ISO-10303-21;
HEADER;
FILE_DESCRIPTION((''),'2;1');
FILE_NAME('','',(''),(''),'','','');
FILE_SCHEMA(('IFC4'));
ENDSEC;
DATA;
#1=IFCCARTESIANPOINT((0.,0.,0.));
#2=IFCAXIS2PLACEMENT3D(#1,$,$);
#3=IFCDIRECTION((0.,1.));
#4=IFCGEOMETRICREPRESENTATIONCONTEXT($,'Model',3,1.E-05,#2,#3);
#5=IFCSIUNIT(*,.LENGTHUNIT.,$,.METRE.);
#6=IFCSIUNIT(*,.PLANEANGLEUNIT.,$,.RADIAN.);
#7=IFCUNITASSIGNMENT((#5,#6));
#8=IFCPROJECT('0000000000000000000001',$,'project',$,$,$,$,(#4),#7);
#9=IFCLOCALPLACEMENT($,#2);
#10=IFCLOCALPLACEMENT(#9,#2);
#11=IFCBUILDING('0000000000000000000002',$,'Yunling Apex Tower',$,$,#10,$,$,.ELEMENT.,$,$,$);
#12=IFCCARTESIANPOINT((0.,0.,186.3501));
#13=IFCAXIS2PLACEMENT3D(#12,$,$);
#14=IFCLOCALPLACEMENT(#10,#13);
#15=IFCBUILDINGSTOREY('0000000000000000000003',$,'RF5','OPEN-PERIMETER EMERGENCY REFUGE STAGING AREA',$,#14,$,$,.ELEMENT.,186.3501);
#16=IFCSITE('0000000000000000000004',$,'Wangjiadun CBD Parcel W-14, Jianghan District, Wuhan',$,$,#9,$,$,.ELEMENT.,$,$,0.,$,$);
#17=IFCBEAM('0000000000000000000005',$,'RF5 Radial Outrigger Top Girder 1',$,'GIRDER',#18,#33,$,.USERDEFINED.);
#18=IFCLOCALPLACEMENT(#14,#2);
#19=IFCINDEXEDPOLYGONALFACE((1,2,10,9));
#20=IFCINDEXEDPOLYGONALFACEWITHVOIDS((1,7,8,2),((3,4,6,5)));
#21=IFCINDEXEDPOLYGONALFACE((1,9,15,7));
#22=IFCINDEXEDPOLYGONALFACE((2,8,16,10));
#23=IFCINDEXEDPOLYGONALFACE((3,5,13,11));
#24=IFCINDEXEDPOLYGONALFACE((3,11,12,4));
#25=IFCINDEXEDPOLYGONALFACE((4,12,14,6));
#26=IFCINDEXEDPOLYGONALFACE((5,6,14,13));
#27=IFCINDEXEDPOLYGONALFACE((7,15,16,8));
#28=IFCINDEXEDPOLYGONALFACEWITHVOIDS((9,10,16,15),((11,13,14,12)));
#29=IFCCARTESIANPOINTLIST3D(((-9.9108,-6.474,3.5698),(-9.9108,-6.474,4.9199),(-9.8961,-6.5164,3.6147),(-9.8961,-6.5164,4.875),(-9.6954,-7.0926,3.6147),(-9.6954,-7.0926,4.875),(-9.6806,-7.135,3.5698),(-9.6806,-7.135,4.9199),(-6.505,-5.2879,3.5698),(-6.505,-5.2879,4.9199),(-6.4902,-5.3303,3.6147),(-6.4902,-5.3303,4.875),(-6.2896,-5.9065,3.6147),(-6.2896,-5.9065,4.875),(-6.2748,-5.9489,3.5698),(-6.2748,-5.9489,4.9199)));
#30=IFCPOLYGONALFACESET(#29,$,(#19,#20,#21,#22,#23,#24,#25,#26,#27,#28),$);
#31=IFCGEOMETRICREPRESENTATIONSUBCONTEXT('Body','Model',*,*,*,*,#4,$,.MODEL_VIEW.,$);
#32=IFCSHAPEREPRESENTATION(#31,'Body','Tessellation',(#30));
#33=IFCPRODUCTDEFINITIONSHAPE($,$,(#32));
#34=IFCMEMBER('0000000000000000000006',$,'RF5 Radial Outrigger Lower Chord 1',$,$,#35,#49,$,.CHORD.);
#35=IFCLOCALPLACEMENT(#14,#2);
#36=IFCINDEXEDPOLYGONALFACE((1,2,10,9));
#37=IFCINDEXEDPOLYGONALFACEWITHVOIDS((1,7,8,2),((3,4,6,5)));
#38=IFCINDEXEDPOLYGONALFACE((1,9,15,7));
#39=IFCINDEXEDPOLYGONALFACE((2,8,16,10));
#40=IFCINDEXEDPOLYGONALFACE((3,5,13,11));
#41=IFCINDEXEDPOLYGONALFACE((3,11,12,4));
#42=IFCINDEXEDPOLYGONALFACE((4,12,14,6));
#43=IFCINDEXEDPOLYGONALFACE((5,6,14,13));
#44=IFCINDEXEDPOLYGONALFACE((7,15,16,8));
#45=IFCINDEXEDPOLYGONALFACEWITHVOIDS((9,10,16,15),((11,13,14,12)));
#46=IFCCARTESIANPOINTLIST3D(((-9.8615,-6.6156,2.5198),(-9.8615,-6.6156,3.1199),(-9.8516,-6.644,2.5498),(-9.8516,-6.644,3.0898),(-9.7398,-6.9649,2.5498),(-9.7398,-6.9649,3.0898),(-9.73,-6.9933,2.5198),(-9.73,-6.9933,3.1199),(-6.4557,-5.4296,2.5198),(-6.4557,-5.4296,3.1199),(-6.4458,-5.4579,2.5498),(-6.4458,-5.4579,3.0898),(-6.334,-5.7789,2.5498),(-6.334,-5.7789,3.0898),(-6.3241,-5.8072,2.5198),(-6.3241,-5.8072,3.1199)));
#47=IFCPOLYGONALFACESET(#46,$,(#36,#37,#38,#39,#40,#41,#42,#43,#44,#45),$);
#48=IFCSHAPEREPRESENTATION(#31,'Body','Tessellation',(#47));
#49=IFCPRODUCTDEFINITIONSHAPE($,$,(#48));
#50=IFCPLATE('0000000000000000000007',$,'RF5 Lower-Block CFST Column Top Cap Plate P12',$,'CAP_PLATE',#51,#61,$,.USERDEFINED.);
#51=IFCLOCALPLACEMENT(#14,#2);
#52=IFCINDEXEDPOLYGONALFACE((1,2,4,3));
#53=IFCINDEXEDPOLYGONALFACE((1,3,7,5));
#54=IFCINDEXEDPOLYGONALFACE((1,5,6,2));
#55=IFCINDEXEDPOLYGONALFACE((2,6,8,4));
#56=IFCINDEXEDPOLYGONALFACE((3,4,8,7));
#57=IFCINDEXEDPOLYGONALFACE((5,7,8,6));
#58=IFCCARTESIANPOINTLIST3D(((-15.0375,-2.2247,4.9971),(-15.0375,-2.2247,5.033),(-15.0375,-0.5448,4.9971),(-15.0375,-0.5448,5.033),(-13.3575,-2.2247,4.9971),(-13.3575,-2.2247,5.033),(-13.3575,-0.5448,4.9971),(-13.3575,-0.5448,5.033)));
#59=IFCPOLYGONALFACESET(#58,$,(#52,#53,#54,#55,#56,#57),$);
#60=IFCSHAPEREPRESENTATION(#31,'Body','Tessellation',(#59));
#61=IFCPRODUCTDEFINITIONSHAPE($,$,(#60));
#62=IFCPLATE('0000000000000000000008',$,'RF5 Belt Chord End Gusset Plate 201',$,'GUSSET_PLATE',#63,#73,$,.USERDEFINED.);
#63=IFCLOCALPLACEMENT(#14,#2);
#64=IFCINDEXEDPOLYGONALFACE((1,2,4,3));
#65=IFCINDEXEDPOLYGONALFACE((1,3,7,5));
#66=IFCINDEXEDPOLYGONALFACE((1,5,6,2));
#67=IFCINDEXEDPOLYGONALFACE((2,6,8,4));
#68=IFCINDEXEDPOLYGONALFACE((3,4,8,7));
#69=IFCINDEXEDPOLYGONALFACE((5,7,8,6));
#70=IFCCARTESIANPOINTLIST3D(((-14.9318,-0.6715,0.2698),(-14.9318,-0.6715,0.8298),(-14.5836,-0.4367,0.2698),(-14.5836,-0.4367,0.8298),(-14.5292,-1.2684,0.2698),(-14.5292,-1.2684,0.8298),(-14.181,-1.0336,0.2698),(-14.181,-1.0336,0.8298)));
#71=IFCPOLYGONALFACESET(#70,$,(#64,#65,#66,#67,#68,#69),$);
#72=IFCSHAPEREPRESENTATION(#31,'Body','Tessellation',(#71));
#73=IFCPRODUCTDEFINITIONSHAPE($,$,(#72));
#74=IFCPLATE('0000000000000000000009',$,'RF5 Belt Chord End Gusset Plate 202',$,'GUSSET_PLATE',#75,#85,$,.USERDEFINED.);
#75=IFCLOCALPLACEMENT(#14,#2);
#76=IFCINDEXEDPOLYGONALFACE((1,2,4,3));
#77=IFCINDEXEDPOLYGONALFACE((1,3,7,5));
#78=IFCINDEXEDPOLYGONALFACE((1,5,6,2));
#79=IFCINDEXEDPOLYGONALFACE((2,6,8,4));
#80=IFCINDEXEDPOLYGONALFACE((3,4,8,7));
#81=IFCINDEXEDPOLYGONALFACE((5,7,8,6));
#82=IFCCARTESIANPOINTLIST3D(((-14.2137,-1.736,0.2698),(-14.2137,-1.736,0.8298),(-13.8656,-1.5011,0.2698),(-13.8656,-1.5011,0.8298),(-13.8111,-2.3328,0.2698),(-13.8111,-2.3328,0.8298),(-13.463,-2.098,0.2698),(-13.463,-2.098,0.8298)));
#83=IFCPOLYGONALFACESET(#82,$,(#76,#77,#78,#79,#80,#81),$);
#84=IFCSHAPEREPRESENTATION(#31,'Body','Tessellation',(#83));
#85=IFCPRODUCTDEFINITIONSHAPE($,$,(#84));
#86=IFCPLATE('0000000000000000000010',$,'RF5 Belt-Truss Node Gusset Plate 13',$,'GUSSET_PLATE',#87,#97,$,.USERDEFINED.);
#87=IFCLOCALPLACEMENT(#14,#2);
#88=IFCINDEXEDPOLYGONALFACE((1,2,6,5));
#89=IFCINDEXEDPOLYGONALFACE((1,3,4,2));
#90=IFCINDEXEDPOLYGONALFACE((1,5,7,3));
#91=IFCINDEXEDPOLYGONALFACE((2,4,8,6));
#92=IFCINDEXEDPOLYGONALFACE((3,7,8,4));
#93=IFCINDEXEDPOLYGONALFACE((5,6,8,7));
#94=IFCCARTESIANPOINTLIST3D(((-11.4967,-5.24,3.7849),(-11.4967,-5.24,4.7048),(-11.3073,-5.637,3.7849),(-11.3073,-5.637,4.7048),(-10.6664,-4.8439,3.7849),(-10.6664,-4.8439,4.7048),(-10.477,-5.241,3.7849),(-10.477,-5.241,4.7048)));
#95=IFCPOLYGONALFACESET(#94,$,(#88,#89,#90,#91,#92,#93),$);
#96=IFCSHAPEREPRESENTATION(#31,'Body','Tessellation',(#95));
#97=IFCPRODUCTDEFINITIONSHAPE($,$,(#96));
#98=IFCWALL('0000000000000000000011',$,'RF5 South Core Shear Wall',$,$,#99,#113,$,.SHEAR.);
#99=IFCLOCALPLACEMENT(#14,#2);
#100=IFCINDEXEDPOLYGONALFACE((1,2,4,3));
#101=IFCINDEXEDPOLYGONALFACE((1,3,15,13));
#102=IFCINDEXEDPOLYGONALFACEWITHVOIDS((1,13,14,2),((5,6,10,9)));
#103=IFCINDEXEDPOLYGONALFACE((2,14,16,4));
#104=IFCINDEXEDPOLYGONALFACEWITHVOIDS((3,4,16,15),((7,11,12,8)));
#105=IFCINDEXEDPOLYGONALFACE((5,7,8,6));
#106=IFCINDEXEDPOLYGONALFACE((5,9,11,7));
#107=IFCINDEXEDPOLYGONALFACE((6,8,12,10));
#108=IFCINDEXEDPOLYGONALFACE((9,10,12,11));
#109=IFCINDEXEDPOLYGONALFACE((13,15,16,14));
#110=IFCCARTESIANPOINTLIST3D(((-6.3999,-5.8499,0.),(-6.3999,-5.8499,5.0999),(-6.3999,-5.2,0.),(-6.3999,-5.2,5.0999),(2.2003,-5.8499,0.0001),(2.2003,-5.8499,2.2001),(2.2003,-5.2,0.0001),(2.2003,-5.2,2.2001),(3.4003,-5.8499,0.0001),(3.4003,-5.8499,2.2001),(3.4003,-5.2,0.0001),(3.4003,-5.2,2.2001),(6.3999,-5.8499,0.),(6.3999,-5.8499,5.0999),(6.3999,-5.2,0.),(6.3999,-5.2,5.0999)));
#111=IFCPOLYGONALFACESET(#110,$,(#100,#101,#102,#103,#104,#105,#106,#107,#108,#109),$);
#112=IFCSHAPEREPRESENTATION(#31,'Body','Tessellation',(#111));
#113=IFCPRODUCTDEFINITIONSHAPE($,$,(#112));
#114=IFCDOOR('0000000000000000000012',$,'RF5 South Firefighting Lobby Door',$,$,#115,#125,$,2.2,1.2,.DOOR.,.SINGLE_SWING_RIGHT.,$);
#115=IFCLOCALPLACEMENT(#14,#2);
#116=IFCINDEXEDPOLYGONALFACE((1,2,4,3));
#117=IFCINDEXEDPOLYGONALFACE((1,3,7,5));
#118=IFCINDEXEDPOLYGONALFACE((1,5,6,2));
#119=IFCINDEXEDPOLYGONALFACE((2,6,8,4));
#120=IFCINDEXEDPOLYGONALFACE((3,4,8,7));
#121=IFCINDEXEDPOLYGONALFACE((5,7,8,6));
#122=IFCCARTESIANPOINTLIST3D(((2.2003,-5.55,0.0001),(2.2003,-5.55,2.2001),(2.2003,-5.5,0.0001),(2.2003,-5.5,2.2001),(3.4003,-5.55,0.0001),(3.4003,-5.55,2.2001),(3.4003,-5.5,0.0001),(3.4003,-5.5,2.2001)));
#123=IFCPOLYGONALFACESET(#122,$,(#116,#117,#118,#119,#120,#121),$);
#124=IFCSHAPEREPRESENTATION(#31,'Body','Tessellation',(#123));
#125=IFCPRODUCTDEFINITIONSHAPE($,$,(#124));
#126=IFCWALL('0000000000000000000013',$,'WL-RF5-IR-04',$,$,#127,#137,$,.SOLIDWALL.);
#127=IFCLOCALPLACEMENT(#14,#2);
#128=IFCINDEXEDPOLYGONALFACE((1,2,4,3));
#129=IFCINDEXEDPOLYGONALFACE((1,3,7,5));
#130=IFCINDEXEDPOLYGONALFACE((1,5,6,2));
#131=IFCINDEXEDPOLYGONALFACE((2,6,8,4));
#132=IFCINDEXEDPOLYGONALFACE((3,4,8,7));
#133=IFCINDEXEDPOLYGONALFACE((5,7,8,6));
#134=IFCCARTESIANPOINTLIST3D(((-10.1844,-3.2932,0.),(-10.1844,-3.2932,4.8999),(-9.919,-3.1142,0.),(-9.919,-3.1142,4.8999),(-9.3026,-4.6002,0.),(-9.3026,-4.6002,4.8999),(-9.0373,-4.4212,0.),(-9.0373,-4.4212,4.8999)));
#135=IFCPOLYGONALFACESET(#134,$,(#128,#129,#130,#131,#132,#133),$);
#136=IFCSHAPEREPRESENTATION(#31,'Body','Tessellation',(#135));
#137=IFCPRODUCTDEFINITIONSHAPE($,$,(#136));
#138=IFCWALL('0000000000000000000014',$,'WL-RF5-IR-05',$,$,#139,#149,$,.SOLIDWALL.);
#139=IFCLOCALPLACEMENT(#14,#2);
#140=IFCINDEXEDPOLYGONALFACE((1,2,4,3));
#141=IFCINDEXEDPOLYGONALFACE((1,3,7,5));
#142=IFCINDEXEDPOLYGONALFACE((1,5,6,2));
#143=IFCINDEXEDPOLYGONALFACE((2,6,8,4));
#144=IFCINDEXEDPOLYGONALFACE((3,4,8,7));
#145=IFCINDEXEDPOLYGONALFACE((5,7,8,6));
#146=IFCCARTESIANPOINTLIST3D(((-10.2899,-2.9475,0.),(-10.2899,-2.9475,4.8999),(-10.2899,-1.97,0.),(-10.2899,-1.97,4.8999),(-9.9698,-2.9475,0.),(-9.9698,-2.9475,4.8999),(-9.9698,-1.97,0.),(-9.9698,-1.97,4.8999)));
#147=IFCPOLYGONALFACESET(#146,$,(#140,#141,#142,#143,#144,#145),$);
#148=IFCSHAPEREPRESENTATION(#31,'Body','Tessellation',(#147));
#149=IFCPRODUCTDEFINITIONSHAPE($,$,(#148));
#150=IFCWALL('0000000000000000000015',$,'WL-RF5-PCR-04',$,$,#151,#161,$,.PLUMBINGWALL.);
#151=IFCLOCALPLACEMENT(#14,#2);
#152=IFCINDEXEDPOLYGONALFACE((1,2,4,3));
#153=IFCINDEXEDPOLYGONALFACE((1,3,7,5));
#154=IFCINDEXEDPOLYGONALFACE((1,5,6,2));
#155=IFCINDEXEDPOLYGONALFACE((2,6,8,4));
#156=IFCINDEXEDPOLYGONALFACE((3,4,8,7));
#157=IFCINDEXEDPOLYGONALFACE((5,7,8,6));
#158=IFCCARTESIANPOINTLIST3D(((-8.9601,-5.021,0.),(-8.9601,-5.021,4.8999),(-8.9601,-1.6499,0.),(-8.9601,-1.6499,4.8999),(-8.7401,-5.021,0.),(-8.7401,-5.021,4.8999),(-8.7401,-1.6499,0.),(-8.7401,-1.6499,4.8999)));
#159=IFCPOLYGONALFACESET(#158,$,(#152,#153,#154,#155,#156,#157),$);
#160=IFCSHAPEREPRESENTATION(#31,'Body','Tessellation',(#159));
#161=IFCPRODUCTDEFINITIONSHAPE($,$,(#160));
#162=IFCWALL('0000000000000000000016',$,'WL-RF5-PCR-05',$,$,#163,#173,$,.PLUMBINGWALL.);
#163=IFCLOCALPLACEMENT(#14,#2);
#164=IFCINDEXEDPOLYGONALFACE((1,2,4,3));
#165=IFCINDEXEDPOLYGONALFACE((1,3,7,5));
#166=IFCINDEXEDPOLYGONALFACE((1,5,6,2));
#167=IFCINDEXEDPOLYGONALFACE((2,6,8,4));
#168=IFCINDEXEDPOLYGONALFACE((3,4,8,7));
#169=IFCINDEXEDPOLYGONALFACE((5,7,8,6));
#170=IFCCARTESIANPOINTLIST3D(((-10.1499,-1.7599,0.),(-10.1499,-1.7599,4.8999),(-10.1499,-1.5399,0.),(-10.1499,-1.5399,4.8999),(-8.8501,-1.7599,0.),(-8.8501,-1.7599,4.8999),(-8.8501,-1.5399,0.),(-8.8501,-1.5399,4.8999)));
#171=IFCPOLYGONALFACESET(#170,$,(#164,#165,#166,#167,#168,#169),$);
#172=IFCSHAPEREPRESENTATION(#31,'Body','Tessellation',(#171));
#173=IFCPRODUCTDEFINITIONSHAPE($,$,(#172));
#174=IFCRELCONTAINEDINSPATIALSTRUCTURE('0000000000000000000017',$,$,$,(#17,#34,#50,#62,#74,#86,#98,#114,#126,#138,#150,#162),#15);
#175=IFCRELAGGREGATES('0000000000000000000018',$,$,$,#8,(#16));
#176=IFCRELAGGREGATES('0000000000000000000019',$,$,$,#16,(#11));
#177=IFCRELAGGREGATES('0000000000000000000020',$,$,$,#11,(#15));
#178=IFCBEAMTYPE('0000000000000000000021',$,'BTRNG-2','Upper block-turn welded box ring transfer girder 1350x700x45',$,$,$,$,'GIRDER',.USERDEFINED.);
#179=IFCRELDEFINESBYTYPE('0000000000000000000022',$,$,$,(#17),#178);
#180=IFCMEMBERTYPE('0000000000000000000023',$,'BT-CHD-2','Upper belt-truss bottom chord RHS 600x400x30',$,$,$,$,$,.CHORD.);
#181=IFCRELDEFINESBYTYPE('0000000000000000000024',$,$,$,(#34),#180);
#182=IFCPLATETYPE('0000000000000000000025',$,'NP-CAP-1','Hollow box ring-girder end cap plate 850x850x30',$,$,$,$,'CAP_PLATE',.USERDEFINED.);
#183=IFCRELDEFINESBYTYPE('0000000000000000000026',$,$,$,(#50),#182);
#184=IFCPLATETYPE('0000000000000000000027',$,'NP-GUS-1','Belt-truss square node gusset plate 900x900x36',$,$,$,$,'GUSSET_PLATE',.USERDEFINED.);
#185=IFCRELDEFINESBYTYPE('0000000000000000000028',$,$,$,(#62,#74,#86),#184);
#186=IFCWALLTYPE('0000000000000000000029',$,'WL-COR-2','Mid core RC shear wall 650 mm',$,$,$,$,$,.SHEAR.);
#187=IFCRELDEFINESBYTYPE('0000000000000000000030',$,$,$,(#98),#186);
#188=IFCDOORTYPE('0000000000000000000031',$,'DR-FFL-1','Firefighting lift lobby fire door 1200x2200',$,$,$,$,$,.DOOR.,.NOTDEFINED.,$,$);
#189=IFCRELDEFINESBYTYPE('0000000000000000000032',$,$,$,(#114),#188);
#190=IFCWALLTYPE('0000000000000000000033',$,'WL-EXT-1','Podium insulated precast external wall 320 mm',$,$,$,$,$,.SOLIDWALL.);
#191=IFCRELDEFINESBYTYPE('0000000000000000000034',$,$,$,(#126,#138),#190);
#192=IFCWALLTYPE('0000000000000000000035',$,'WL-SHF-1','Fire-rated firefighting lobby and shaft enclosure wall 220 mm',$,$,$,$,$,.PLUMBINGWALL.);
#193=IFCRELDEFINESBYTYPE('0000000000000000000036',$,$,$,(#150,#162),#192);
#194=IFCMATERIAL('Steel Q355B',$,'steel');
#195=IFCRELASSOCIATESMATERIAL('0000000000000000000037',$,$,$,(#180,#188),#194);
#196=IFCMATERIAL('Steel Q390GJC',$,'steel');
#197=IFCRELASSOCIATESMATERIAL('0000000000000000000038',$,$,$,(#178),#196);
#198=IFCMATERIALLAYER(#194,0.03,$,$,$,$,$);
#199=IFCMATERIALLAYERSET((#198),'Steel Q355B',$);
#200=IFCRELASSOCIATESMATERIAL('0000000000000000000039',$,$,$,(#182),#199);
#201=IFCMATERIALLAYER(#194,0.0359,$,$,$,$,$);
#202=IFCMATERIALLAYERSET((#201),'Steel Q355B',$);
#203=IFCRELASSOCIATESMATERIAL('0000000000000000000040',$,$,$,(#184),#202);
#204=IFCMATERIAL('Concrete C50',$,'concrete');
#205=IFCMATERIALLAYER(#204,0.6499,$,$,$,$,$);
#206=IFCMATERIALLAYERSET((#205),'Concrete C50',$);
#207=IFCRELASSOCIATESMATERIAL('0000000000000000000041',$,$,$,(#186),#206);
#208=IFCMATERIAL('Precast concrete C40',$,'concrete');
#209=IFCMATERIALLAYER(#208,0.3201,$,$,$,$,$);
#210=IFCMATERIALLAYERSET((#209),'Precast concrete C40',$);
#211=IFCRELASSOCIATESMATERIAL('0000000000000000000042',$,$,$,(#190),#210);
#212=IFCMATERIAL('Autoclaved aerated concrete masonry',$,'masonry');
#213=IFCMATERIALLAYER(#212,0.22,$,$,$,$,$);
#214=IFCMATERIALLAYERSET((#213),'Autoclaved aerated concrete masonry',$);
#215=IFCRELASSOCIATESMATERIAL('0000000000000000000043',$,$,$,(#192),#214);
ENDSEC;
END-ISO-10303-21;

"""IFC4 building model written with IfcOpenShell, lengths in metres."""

from ifc_helpers import new_model, si_unit, direction, frame, frame_2d, origin, origin_2d, place, context, subcontext, project, spatial, rectangle, hollow_rectangle, extrude, source, transform, mapped, material, layer, layer_set, material_profile, profile_set, type_object, element, fill, save


model = new_model("IFC4")

# Units and contexts
model_context = context("Model", 3, precision=1e-05, world=origin(), true_north=direction((0.0, 1.0)))
body_context = subcontext(model_context, "Body", "Model", "MODEL_VIEW")
ifc_project = project(units=[si_unit("LENGTHUNIT", "METRE"), si_unit("PLANEANGLEUNIT", "RADIAN")], contexts=[model_context])

# Site, building, storey
site_placement = place(None, origin())
site = spatial("IfcSite", under=ifc_project, at=site_placement, Name="Wangjiadun CBD Parcel W-14, Jianghan District, Wuhan", CompositionType="ELEMENT", RefElevation=0.0)
building_placement = place(site_placement, origin())
building = spatial("IfcBuilding", under=site, at=building_placement, Name="Yunling Apex Tower", CompositionType="ELEMENT")
storey_placement = place(building_placement, frame((0.0, 0.0, 186.3501)))
storey = spatial("IfcBuildingStorey", under=building, at=storey_placement, Name="RF5", Description="OPEN-PERIMETER EMERGENCY REFUGE STAGING AREA", CompositionType="ELEMENT", Elevation=186.3501)

# Shared definitions
ifc_material_1 = material(Name="Steel Q390GJC", Category="steel")

# Shared definitions
ifc_material_2 = material(Name="Steel Q355B", Category="steel")
ifc_material_profile_1 = material_profile(ifc_material_2, hollow_rectangle(XDim=0.3999, YDim=0.6001, WallThickness=0.03, at=origin_2d()))
ifc_profile_set_1 = profile_set([ifc_material_profile_1], Name="Steel Q355B")
member_type_1 = type_object("IfcMemberType", Name="BT-CHD-2", Description="Upper belt-truss bottom chord RHS 600x400x30", PredefinedType="CHORD", material=ifc_profile_set_1)

# Shared definitions
ifc_material_profile_2 = material_profile(ifc_material_1, hollow_rectangle(XDim=0.7, YDim=1.3501, WallThickness=0.0449, at=origin_2d()))
ifc_profile_set_2 = profile_set([ifc_material_profile_2], Name="Steel Q390GJC")
beam_type = type_object("IfcBeamType", Name="BTRNG-2", Description="Upper block-turn welded box ring transfer girder 1350x700x45", ElementType="GIRDER", PredefinedType="USERDEFINED", material=ifc_profile_set_2)

# Beam
shared_shape_1 = source(origin(), body_context, "Body", "SweptSolid", [
    extrude(hollow_rectangle(XDim=0.7, YDim=1.3501, WallThickness=0.0449, at=origin_2d()), origin(), (0.0, 0.0, 1.0), 3.6064),
])
beam_1_placement = place(storey_placement, frame((-6.3899, -5.6184, 4.2449), z_axis=(-0.944374, -0.328872, 0.0), x_axis=(0.328872, -0.944374, 0.0)))
element("IfcBeam", 1, at=beam_1_placement, inside=storey, type_object=beam_type, Name="RF5 Radial Outrigger Top Girder 1", ObjectType="GIRDER", PredefinedType="USERDEFINED", context=body_context, shape_type="MappedRepresentation", body=[
    mapped(shared_shape_1, transform((0.0, 0.0, 0.0), scale=1.0)),
])

# Member
shared_shape_2 = source(origin(), body_context, "Body", "SweptSolid", [
    extrude(hollow_rectangle(XDim=0.3999, YDim=0.6001, WallThickness=0.03, at=origin_2d()), origin(), (0.0, 0.0, 1.0), 3.6064),
])
member_1_placement = place(storey_placement, frame((-6.3899, -5.6184, 2.8198), z_axis=(-0.944374, -0.328872, 0.0), x_axis=(0.328872, -0.944374, 0.0)))
element("IfcMember", 2, at=member_1_placement, inside=storey, type_object=member_type_1, Name="RF5 Radial Outrigger Lower Chord 1", PredefinedType="CHORD", context=body_context, shape_type="MappedRepresentation", body=[
    mapped(shared_shape_2, transform((0.0, 0.0, 0.0), scale=1.0)),
])

# Plates
ifc_layer_1 = layer(ifc_material_2, 0.03)
ifc_layer_set_1 = layer_set([ifc_layer_1], Name="Steel Q355B")
plate_type_1 = type_object("IfcPlateType", Name="NP-CAP-1", Description="Hollow box ring-girder end cap plate 850x850x30", ElementType="CAP_PLATE", PredefinedType="USERDEFINED", material=ifc_layer_set_1)
shared_shape_3 = source(origin(), body_context, "Body", "SweptSolid", [
    extrude(rectangle(XDim=1.6799, YDim=1.6799, at=origin_2d()), origin(), (0.0, 0.0, 1.0), 0.0359),
])
plate_1_placement = place(storey_placement, frame((-14.1975, -1.3848, 4.9971), z_axis=(0.0, 0.0, 1.0), x_axis=(1.0, 0.0, 0.0)))
element("IfcPlate", 3, at=plate_1_placement, inside=storey, type_object=plate_type_1, Name="RF5 Lower-Block CFST Column Top Cap Plate P12", ObjectType="CAP_PLATE", PredefinedType="USERDEFINED", context=body_context, shape_type="MappedRepresentation", body=[
    mapped(shared_shape_3, transform((0.0, 0.0, 0.0), scale=1.0)),
])
ifc_layer_2 = layer(ifc_material_2, 0.0359)
ifc_layer_set_2 = layer_set([ifc_layer_2], Name="Steel Q355B")
plate_type_2 = type_object("IfcPlateType", Name="NP-GUS-1", Description="Belt-truss square node gusset plate 900x900x36", ElementType="GUSSET_PLATE", PredefinedType="USERDEFINED", material=ifc_layer_set_2)
shared_shape_4 = source(origin(), body_context, "Body", "SweptSolid", [
    extrude(rectangle(XDim=0.72, YDim=0.4199, at=origin_2d()), origin(), (0.0, 0.0, 1.0), 0.5601),
])
for number, where, z_axis, x_axis, name in (
    (4, (-14.5564, -0.8525, 0.2698), (0.0, 0.0, 1.0), (0.559193, -0.829038, 0.0), "RF5 Belt Chord End Gusset Plate 201"),
    (5, (-13.8384, -1.917, 0.2698), (0.0, 0.0, 1.0), (0.559193, -0.829038, 0.0), "RF5 Belt Chord End Gusset Plate 202"),
):
    element("IfcPlate", number, at=place(storey_placement, frame(where, z_axis=z_axis, x_axis=x_axis)), inside=storey, type_object=plate_type_2, Name=name, ObjectType="GUSSET_PLATE", PredefinedType="USERDEFINED", context=body_context, shape_type="MappedRepresentation", body=[
        mapped(shared_shape_4, transform((0.0, 0.0, 0.0), scale=1.0)),
    ])
shared_shape_5 = source(origin(), body_context, "Body", "SweptSolid", [
    extrude(rectangle(XDim=0.9199, YDim=0.4399, at=origin_2d()), origin(), (0.0, 0.0, 1.0), 0.9199),
])
plate_2_placement = place(storey_placement, frame((-10.9868, -5.2405, 3.7849), z_axis=(0.0, 0.0, 1.0), x_axis=(-0.902585, -0.430511, 0.0)))
element("IfcPlate", 6, at=plate_2_placement, inside=storey, type_object=plate_type_2, Name="RF5 Belt-Truss Node Gusset Plate 13", ObjectType="GUSSET_PLATE", PredefinedType="USERDEFINED", context=body_context, shape_type="MappedRepresentation", body=[
    mapped(shared_shape_5, transform((0.0, 0.0, 0.0), scale=1.0)),
])

# Wall, opening, door
ifc_material_3 = material(Name="Concrete C50", Category="concrete")
ifc_layer_3 = layer(ifc_material_3, 0.6499)
ifc_layer_set_3 = layer_set([ifc_layer_3], Name="Concrete C50")
wall_type_1 = type_object("IfcWallType", Name="WL-COR-2", Description="Mid core RC shear wall 650 mm", PredefinedType="SHEAR", material=ifc_layer_set_3)
wall_1_placement = place(storey_placement, frame((-6.3999, -5.5249, 0.0), z_axis=(0.0, 0.0, 1.0), x_axis=(1.0, 0.0, 0.0)))
wall_1 = element("IfcWall", 7, at=wall_1_placement, inside=storey, type_object=wall_type_1, Name="RF5 South Core Shear Wall", PredefinedType="SHEAR", context=body_context, shape_type="SweptSolid", body=[
    extrude(rectangle(XDim=12.7998, YDim=0.6499, at=frame_2d((6.3999, 0.0))), origin(), (0.0, 0.0, 1.0), 5.0999),
])
opening_1_placement = place(wall_1_placement, frame((8.6001, 0.0, 0.0)))
opening_1 = element("IfcOpeningElement", 8, at=opening_1_placement, cuts=wall_1, PredefinedType="OPENING", context=body_context, shape_type="SweptSolid", body=[
    extrude(rectangle(XDim=1.2, YDim=2.2, at=frame_2d((0.6001, 1.1001))), frame((0.0, 0.335, 0.0), z_axis=(0.0, -1.0, 0.0), x_axis=(1.0, 0.0, 0.0)), (0.0, 0.0, 1.0), 0.6699),
])
door_type = type_object("IfcDoorType", Name="DR-FFL-1", Description="Firefighting lift lobby fire door 1200x2200", OperationType="NOTDEFINED", PredefinedType="DOOR", material=ifc_material_2)
door_1_placement = place(opening_1_placement, origin())
door_1 = element("IfcDoor", 9, at=door_1_placement, inside=storey, type_object=door_type, Name="RF5 South Firefighting Lobby Door", OperationType="SINGLE_SWING_RIGHT", OverallHeight=2.2, OverallWidth=1.2, PredefinedType="DOOR", context=body_context, shape_type="SweptSolid", body=[
    extrude(rectangle(XDim=1.2, YDim=2.2, at=frame_2d((0.6001, 1.1001))), frame((0.0, 0.0249, 0.0), z_axis=(0.0, -1.0, 0.0), x_axis=(1.0, 0.0, 0.0)), (0.0, 0.0, 1.0), 0.05),
])
fill(opening_1, door_1)

# Walls
ifc_material_4 = material(Name="Precast concrete C40", Category="concrete")
ifc_layer_4 = layer(ifc_material_4, 0.3201)
ifc_layer_set_4 = layer_set([ifc_layer_4], Name="Precast concrete C40")
wall_type_2 = type_object("IfcWallType", Name="WL-EXT-1", Description="Podium insulated precast external wall 320 mm", PredefinedType="SOLIDWALL", material=ifc_layer_set_4)
wall_2_placement = place(storey_placement, frame((-9.1699, -4.5107, 0.0), z_axis=(0.0, 0.0, 1.0), x_axis=(-0.559265, 0.828989, 0.0)))
element("IfcWall", 10, at=wall_2_placement, inside=storey, type_object=wall_type_2, Name="WL-RF5-IR-04", PredefinedType="SOLIDWALL", context=body_context, shape_type="SweptSolid", body=[
    extrude(rectangle(XDim=1.5767, YDim=0.3201, at=frame_2d((0.7883, 0.0))), origin(), (0.0, 0.0, 1.0), 4.8999),
])
wall_3_placement = place(storey_placement, frame((-10.1299, -2.9475, 0.0), z_axis=(0.0, 0.0, 1.0), x_axis=(0.0, 1.0, 0.0)))
element("IfcWall", 11, at=wall_3_placement, inside=storey, type_object=wall_type_2, Name="WL-RF5-IR-05", PredefinedType="SOLIDWALL", context=body_context, shape_type="SweptSolid", body=[
    extrude(rectangle(XDim=0.9775, YDim=0.3201, at=frame_2d((0.4888, 0.0))), origin(), (0.0, 0.0, 1.0), 4.8999),
])
ifc_material_5 = material(Name="Autoclaved aerated concrete masonry", Category="masonry")
ifc_layer_5 = layer(ifc_material_5, 0.22)
ifc_layer_set_5 = layer_set([ifc_layer_5], Name="Autoclaved aerated concrete masonry")
wall_type_3 = type_object("IfcWallType", Name="WL-SHF-1", Description="Fire-rated firefighting lobby and shaft enclosure wall 220 mm", PredefinedType="PLUMBINGWALL", material=ifc_layer_set_5)
wall_4_placement = place(storey_placement, frame((-8.8501, -5.021, 0.0), z_axis=(0.0, 0.0, 1.0), x_axis=(0.0, 1.0, 0.0)))
element("IfcWall", 12, at=wall_4_placement, inside=storey, type_object=wall_type_3, Name="WL-RF5-PCR-04", PredefinedType="PLUMBINGWALL", context=body_context, shape_type="SweptSolid", body=[
    extrude(rectangle(XDim=3.3711, YDim=0.22, at=frame_2d((1.6855, 0.0))), origin(), (0.0, 0.0, 1.0), 4.8999),
])
wall_5_placement = place(storey_placement, frame((-8.8501, -1.6499, 0.0), z_axis=(0.0, 0.0, 1.0), x_axis=(-1.0, 0.0, 0.0)))
element("IfcWall", 13, at=wall_5_placement, inside=storey, type_object=wall_type_3, Name="WL-RF5-PCR-05", PredefinedType="PLUMBINGWALL", context=body_context, shape_type="SweptSolid", body=[
    extrude(rectangle(XDim=1.2998, YDim=0.22, at=frame_2d((0.6499, 0.0))), origin(), (0.0, 0.0, 1.0), 4.8999),
])

save(model, "model.ifc")
